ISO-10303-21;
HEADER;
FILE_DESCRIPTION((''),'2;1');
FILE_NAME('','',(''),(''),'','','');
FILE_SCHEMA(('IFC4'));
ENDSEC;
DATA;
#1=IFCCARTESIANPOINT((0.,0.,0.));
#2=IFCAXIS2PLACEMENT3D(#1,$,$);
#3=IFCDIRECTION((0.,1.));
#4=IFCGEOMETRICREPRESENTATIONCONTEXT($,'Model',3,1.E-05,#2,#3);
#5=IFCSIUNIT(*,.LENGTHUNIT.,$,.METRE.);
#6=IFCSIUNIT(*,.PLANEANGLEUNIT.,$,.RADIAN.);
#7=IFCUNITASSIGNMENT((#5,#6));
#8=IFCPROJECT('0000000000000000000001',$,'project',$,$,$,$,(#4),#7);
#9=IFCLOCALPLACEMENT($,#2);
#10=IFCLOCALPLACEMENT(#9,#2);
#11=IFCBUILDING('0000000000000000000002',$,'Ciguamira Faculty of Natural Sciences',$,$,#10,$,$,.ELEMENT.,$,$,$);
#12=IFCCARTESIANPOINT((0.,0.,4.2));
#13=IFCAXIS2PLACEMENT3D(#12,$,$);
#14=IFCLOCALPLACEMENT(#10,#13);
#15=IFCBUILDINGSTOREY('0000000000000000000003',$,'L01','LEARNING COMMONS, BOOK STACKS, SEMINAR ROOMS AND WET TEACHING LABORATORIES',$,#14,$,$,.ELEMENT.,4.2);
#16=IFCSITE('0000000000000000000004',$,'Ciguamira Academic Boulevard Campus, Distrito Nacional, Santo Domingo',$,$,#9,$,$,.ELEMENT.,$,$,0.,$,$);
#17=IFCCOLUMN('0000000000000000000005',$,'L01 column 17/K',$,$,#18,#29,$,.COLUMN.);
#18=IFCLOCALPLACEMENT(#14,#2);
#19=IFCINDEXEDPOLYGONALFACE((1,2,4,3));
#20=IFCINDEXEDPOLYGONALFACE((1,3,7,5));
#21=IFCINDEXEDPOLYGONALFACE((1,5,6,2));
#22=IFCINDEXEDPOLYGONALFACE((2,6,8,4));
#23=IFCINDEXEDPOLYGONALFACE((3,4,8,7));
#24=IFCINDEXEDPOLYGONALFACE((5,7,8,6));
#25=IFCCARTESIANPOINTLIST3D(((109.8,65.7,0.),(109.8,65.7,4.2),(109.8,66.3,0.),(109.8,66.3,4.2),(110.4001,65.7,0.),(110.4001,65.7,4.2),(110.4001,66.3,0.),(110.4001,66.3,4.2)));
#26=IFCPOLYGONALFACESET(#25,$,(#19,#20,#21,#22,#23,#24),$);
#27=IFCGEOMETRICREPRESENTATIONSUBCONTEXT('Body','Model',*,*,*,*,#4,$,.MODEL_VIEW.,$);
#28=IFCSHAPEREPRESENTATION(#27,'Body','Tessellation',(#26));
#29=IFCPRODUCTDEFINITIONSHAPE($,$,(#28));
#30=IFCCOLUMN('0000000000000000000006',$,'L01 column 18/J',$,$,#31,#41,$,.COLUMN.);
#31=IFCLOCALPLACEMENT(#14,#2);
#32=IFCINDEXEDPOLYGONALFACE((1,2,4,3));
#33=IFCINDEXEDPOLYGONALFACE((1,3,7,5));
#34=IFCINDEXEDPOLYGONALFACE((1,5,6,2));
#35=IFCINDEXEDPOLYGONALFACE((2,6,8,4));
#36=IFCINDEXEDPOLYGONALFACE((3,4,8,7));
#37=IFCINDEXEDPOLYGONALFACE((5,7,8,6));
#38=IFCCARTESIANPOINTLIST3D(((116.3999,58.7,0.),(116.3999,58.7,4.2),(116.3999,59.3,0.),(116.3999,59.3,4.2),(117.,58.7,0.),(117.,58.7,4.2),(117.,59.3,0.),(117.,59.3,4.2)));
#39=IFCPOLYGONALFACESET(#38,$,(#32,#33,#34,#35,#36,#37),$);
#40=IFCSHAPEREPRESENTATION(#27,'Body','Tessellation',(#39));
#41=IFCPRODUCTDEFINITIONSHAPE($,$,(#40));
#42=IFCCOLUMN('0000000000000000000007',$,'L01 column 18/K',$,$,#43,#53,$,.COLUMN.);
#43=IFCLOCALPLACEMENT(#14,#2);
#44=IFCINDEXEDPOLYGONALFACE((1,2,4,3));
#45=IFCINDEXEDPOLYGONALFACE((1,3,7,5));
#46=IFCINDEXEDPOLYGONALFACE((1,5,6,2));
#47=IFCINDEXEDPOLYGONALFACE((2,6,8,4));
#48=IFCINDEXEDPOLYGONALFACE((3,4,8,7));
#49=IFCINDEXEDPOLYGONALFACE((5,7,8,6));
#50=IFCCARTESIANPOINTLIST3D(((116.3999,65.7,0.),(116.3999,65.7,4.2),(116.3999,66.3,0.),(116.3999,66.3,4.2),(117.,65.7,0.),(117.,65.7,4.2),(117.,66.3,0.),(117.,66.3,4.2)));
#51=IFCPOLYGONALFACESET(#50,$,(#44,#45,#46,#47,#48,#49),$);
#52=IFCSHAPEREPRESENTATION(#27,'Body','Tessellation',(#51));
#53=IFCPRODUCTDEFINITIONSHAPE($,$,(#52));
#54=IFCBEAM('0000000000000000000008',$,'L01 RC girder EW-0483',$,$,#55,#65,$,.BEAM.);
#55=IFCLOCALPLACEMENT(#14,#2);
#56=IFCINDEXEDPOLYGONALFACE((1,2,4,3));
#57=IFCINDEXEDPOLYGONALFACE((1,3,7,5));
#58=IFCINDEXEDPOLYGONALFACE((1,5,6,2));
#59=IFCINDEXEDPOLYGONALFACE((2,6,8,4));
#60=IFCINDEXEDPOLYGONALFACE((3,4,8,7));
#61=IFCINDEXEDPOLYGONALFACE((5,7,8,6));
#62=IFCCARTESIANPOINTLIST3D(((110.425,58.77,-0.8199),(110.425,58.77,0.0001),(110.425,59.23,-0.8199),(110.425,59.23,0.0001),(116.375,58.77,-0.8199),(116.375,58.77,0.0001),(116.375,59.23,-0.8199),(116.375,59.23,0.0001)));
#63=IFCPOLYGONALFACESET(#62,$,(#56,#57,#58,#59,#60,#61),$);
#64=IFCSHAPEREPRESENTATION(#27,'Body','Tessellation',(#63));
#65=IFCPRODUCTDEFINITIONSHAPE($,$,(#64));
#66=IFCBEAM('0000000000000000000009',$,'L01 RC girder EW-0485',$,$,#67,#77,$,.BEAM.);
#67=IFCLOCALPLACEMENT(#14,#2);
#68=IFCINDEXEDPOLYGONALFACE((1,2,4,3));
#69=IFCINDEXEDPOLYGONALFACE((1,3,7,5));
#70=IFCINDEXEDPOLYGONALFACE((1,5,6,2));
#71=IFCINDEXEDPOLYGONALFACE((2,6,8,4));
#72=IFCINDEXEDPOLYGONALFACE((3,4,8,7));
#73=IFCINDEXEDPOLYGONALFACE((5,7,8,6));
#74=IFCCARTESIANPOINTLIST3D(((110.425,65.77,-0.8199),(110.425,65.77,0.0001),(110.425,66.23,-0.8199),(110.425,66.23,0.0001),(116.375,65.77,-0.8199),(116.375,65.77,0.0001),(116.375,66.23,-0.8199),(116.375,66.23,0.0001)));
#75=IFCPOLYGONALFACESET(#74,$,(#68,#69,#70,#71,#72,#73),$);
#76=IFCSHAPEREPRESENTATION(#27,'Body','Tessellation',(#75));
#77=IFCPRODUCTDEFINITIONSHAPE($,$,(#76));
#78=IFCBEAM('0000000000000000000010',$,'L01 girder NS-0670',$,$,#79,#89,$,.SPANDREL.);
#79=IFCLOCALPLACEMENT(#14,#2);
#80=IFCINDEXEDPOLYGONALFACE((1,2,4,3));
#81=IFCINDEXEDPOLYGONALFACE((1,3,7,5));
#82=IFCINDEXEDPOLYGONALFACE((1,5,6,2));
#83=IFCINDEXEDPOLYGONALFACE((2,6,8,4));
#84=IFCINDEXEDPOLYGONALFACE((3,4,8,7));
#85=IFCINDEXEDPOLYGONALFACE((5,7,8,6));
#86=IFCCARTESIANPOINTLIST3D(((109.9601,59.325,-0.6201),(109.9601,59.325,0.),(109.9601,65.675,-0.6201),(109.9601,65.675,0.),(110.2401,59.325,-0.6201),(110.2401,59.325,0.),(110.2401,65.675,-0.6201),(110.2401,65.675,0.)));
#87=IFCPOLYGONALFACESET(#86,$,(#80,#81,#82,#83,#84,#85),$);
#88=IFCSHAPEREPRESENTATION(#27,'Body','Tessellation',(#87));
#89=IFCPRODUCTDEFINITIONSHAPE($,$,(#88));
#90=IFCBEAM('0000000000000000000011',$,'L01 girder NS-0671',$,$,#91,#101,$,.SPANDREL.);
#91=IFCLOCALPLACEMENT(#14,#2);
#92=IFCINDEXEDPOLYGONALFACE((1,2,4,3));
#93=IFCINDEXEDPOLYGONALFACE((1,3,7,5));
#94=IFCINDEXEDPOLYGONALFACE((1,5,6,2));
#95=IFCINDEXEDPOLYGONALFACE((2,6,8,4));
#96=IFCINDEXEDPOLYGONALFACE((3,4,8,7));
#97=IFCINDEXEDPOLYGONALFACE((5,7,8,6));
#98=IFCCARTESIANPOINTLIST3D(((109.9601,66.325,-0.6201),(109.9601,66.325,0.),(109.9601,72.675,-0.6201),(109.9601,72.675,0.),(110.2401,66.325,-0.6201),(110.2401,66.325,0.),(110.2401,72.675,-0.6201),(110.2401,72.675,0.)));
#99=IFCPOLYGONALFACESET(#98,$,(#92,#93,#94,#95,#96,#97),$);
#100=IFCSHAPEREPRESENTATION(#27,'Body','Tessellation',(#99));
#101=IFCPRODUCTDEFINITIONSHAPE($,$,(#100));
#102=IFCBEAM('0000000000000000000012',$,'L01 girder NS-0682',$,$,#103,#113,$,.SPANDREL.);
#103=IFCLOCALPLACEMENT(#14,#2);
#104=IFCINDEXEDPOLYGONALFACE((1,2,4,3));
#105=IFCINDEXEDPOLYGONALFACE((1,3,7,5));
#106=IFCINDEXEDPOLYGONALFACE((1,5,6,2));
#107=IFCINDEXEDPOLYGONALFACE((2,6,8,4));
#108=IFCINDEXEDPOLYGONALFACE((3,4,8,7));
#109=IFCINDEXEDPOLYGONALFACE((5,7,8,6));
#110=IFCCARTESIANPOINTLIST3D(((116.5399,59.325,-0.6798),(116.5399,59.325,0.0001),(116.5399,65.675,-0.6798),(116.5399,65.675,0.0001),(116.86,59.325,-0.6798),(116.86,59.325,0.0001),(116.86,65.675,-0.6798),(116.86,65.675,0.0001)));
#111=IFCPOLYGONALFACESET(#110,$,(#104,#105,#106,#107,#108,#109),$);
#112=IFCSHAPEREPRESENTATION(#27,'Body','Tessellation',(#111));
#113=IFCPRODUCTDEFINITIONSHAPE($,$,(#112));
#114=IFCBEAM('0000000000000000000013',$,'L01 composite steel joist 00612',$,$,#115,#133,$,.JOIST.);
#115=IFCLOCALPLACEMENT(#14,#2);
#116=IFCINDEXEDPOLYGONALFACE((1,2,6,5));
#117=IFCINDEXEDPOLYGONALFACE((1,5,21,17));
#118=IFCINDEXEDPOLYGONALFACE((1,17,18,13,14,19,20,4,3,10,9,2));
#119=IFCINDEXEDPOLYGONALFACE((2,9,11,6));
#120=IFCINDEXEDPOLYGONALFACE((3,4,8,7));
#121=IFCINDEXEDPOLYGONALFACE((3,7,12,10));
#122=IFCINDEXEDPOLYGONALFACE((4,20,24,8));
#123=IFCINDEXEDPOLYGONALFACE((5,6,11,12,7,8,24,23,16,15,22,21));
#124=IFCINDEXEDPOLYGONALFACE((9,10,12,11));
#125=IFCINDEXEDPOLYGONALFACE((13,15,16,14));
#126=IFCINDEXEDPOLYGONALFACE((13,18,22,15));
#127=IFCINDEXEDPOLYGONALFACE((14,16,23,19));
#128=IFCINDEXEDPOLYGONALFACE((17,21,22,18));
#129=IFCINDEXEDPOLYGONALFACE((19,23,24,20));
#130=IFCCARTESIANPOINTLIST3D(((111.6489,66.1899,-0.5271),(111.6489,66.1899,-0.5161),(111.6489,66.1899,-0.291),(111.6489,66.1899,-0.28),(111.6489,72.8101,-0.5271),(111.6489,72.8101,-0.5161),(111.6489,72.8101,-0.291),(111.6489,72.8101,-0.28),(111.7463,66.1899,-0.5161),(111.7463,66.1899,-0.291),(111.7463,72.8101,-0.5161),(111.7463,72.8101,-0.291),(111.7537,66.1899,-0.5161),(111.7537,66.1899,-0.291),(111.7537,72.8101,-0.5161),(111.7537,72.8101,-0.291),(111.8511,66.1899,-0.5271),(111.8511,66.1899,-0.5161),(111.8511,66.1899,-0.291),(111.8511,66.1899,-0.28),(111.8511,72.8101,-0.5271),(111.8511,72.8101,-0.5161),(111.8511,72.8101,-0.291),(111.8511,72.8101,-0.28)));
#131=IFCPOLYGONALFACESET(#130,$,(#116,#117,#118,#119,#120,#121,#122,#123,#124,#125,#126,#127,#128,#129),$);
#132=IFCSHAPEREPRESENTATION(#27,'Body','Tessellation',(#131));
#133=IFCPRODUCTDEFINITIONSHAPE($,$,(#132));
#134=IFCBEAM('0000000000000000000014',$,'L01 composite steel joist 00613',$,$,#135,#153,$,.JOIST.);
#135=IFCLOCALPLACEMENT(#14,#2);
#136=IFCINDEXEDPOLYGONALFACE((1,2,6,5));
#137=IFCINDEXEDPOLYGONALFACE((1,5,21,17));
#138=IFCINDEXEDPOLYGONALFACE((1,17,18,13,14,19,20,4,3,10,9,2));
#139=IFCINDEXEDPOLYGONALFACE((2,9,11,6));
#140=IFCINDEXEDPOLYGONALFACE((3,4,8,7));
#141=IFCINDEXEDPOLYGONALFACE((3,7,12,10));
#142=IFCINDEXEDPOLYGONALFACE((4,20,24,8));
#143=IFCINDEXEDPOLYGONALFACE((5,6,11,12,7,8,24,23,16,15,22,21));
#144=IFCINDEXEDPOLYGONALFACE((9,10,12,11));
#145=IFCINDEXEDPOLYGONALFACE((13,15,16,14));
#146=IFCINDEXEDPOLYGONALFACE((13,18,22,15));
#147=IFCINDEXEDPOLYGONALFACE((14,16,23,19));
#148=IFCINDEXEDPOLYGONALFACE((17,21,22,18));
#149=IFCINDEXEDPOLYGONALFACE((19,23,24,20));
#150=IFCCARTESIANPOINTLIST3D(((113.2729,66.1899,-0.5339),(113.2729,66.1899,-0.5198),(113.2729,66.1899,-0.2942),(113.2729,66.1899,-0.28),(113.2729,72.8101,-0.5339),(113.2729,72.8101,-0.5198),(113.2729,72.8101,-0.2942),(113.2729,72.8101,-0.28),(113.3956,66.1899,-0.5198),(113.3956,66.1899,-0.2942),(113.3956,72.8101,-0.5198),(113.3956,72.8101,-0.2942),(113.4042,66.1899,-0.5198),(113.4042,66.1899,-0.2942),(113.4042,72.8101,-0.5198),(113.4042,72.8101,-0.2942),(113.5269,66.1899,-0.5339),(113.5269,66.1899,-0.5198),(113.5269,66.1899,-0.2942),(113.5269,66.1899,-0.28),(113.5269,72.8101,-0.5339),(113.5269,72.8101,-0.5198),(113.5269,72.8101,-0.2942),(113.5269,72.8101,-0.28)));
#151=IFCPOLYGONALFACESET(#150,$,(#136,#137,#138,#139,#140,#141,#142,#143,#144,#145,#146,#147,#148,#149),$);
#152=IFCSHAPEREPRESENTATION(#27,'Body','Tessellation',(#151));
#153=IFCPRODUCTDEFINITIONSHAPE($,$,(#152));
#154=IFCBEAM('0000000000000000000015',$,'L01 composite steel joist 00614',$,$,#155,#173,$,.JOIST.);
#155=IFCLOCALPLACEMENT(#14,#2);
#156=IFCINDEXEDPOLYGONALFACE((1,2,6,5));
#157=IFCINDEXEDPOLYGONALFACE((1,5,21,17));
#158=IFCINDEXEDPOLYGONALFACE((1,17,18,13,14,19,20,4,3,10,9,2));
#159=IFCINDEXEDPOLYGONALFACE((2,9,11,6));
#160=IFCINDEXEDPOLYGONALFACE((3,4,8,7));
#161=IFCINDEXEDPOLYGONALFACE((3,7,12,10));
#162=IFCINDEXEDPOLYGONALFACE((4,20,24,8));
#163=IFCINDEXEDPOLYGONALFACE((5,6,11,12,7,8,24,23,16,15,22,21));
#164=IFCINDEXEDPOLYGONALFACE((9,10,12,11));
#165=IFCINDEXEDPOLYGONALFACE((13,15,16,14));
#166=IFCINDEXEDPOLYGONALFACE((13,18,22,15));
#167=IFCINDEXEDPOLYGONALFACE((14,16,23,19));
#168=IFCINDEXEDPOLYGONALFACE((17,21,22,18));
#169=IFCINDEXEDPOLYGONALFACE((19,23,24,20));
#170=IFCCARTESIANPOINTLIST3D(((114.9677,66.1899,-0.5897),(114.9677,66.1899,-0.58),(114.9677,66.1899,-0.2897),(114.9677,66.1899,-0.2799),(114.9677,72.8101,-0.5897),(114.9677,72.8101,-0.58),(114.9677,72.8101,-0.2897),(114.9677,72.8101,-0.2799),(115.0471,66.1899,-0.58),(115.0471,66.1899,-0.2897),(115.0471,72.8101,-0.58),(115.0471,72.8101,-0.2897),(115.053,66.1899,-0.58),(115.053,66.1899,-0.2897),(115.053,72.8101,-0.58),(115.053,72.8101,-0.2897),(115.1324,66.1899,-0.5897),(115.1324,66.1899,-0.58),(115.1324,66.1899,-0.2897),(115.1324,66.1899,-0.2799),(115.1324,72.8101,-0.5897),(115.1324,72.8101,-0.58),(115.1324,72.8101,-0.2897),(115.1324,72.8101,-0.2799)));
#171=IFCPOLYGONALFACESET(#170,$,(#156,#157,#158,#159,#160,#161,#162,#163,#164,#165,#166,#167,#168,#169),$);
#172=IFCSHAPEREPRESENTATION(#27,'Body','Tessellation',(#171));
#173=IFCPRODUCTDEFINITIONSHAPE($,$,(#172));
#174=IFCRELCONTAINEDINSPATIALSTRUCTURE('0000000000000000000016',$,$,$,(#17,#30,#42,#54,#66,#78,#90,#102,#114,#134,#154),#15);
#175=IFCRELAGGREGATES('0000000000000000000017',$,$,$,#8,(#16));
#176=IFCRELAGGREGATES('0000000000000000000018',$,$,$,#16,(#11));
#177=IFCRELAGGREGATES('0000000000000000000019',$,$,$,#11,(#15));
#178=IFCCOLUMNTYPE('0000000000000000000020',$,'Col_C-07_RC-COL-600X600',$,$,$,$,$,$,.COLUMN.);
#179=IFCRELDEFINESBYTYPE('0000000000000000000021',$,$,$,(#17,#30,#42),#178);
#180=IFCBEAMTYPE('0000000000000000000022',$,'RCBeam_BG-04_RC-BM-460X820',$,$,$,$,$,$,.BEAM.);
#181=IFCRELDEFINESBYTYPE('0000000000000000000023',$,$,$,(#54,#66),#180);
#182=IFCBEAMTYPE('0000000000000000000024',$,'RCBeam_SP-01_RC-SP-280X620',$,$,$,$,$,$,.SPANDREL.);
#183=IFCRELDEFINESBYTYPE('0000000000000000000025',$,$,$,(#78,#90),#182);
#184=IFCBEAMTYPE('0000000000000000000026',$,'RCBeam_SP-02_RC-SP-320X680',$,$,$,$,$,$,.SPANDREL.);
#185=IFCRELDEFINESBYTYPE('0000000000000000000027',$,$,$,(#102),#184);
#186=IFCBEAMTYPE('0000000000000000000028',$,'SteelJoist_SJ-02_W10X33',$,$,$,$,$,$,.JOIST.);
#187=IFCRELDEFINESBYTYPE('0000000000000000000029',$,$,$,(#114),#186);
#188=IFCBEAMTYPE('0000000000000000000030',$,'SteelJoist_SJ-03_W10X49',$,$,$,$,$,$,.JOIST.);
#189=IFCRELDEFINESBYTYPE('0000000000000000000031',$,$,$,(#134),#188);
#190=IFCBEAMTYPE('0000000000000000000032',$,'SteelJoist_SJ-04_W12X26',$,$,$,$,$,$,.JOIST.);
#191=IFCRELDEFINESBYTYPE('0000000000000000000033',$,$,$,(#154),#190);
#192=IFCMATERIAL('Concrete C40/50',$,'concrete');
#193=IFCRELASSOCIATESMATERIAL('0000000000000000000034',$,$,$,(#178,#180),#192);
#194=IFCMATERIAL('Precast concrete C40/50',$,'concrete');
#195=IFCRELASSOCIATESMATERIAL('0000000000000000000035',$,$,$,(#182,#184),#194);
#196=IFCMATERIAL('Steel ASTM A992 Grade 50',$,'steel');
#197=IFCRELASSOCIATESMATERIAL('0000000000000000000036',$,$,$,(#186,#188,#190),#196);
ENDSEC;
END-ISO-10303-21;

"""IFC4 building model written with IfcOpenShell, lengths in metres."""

from ifc_helpers import new_model, si_unit, direction, frame, origin, origin_2d, place, context, subcontext, project, spatial, rectangle, i_section, extrude, material, material_profile, profile_set, type_object, element, save


model = new_model("IFC4")

# Units and contexts
model_context = context("Model", 3, precision=1e-05, world=origin(), true_north=direction((0.0, 1.0)))
body_context = subcontext(model_context, "Body", "Model", "MODEL_VIEW")
ifc_project = project(units=[si_unit("LENGTHUNIT", "METRE"), si_unit("PLANEANGLEUNIT", "RADIAN")], contexts=[model_context])

# Site, building, storey
site_placement = place(None, origin())
site = spatial("IfcSite", under=ifc_project, at=site_placement, Name="Ciguamira Academic Boulevard Campus, Distrito Nacional, Santo Domingo", CompositionType="ELEMENT", RefElevation=0.0)
building_placement = place(site_placement, origin())
building = spatial("IfcBuilding", under=site, at=building_placement, Name="Ciguamira Faculty of Natural Sciences", CompositionType="ELEMENT")
storey_placement = place(building_placement, frame((0.0, 0.0, 4.2)))
storey = spatial("IfcBuildingStorey", under=building, at=storey_placement, Name="L01", Description="LEARNING COMMONS, BOOK STACKS, SEMINAR ROOMS AND WET TEACHING LABORATORIES", CompositionType="ELEMENT", Elevation=4.2)

# Columns
ifc_material_1 = material(Name="Concrete C40/50", Category="concrete")
ifc_material_profile_1 = material_profile(ifc_material_1, rectangle(XDim=0.6001, YDim=0.6001, at=origin_2d()), Name="RC-COL-600X600")
ifc_profile_set_1 = profile_set([ifc_material_profile_1], Name="Concrete C40/50")
column_type = type_object("IfcColumnType", Name="Col_C-07_RC-COL-600X600", PredefinedType="COLUMN", material=ifc_profile_set_1)
for number, where, z_axis, x_axis, name in (
    (1, (110.1001, 66.0, 0.0), (0.0, 0.0, 1.0), (1.0, 0.0, 0.0), "L01 column 17/K"),
    (2, (116.7, 59.0, 0.0), (0.0, 0.0, 1.0), (1.0, 0.0, 0.0), "L01 column 18/J"),
    (3, (116.7, 66.0, 0.0), (0.0, 0.0, 1.0), (1.0, 0.0, 0.0), "L01 column 18/K"),
):
    element("IfcColumn", number, at=place(storey_placement, frame(where, z_axis=z_axis, x_axis=x_axis)), inside=storey, type_object=column_type, Name=name, PredefinedType="COLUMN", context=body_context, shape_type="SweptSolid", body=[
        extrude(rectangle(XDim=0.6001, YDim=0.6001, at=origin_2d()), origin(), (0.0, 0.0, 1.0), 4.2),
    ])

# Beams
ifc_material_profile_2 = material_profile(ifc_material_1, rectangle(XDim=0.46, YDim=0.8201, at=origin_2d()), Name="RC-BM-460X820")
ifc_profile_set_2 = profile_set([ifc_material_profile_2], Name="Concrete C40/50")
beam_type_1 = type_object("IfcBeamType", Name="RCBeam_BG-04_RC-BM-460X820", PredefinedType="BEAM", material=ifc_profile_set_2)
for number, where, z_axis, x_axis, name in (
    (4, (110.425, 59.0, -0.4099), (1.0, 0.0, 0.0), (0.0, 1.0, 0.0), "L01 RC girder EW-0483"),
    (5, (110.425, 66.0, -0.4099), (1.0, 0.0, 0.0), (0.0, 1.0, 0.0), "L01 RC girder EW-0485"),
):
    element("IfcBeam", number, at=place(storey_placement, frame(where, z_axis=z_axis, x_axis=x_axis)), inside=storey, type_object=beam_type_1, Name=name, PredefinedType="BEAM", context=body_context, shape_type="SweptSolid", body=[
        extrude(rectangle(XDim=0.46, YDim=0.8201, at=origin_2d()), origin(), (0.0, 0.0, 1.0), 5.95),
    ])
ifc_material_2 = material(Name="Precast concrete C40/50", Category="concrete")
ifc_material_profile_3 = material_profile(ifc_material_2, rectangle(XDim=0.28, YDim=0.6201, at=origin_2d()), Name="RC-SP-280X620")
ifc_profile_set_3 = profile_set([ifc_material_profile_3], Name="Precast concrete C40/50")
beam_type_2 = type_object("IfcBeamType", Name="RCBeam_SP-01_RC-SP-280X620", PredefinedType="SPANDREL", material=ifc_profile_set_3)
for number, where, z_axis, x_axis, name in (
    (6, (110.1001, 59.325, -0.3101), (0.0, 1.0, 0.0), (-1.0, 0.0, 0.0), "L01 girder NS-0670"),
    (7, (110.1001, 66.325, -0.3101), (0.0, 1.0, 0.0), (-1.0, 0.0, 0.0), "L01 girder NS-0671"),
):
    element("IfcBeam", number, at=place(storey_placement, frame(where, z_axis=z_axis, x_axis=x_axis)), inside=storey, type_object=beam_type_2, Name=name, PredefinedType="SPANDREL", context=body_context, shape_type="SweptSolid", body=[
        extrude(rectangle(XDim=0.28, YDim=0.6201, at=origin_2d()), origin(), (0.0, 0.0, 1.0), 6.3501),
    ])
ifc_material_profile_4 = material_profile(ifc_material_2, rectangle(XDim=0.3201, YDim=0.6799, at=origin_2d()), Name="RC-SP-320X680")
ifc_profile_set_4 = profile_set([ifc_material_profile_4], Name="Precast concrete C40/50")
beam_type_3 = type_object("IfcBeamType", Name="RCBeam_SP-02_RC-SP-320X680", PredefinedType="SPANDREL", material=ifc_profile_set_4)
beam_1_placement = place(storey_placement, frame((116.7, 59.325, -0.3398), z_axis=(0.0, 1.0, 0.0), x_axis=(-1.0, 0.0, 0.0)))
element("IfcBeam", 8, at=beam_1_placement, inside=storey, type_object=beam_type_3, Name="L01 girder NS-0682", PredefinedType="SPANDREL", context=body_context, shape_type="SweptSolid", body=[
    extrude(rectangle(XDim=0.3201, YDim=0.6799, at=origin_2d()), origin(), (0.0, 0.0, 1.0), 6.3501),
])
ifc_material_3 = material(Name="Steel ASTM A992 Grade 50", Category="steel")
ifc_material_profile_5 = material_profile(ifc_material_3, i_section(OverallWidth=0.2021, OverallDepth=0.2471, WebThickness=0.0073, FlangeThickness=0.011, at=origin_2d()), Name="W10X33")
ifc_profile_set_5 = profile_set([ifc_material_profile_5], Name="Steel ASTM A992 Grade 50")
beam_type_4 = type_object("IfcBeamType", Name="SteelJoist_SJ-02_W10X33", PredefinedType="JOIST", material=ifc_profile_set_5)
beam_2_placement = place(storey_placement, frame((111.75, 66.1899, -0.4036), z_axis=(0.0, 1.0, 0.0), x_axis=(-1.0, 0.0, 0.0)))
element("IfcBeam", 9, at=beam_2_placement, inside=storey, type_object=beam_type_4, Name="L01 composite steel joist 00612", PredefinedType="JOIST", context=body_context, shape_type="SweptSolid", body=[
    extrude(i_section(OverallWidth=0.2021, OverallDepth=0.2471, WebThickness=0.0073, FlangeThickness=0.011, at=origin_2d()), origin(), (0.0, 0.0, 1.0), 6.6201),
])
ifc_material_profile_6 = material_profile(ifc_material_3, i_section(OverallWidth=0.2539, OverallDepth=0.2539, WebThickness=0.0085, FlangeThickness=0.0142, at=origin_2d()), Name="W10X49")
ifc_profile_set_6 = profile_set([ifc_material_profile_6], Name="Steel ASTM A992 Grade 50")
beam_type_5 = type_object("IfcBeamType", Name="SteelJoist_SJ-03_W10X49", PredefinedType="JOIST", material=ifc_profile_set_6)
beam_3_placement = place(storey_placement, frame((113.3999, 66.1899, -0.407), z_axis=(0.0, 1.0, 0.0), x_axis=(-1.0, 0.0, 0.0)))
element("IfcBeam", 10, at=beam_3_placement, inside=storey, type_object=beam_type_5, Name="L01 composite steel joist 00613", PredefinedType="JOIST", context=body_context, shape_type="SweptSolid", body=[
    extrude(i_section(OverallWidth=0.2539, OverallDepth=0.2539, WebThickness=0.0085, FlangeThickness=0.0142, at=origin_2d()), origin(), (0.0, 0.0, 1.0), 6.6201),
])
ifc_material_profile_7 = material_profile(ifc_material_3, i_section(OverallWidth=0.1648, OverallDepth=0.3098, WebThickness=0.0059, FlangeThickness=0.0098, at=origin_2d()), Name="W12X26")
ifc_profile_set_7 = profile_set([ifc_material_profile_7], Name="Steel ASTM A992 Grade 50")
beam_type_6 = type_object("IfcBeamType", Name="SteelJoist_SJ-04_W12X26", PredefinedType="JOIST", material=ifc_profile_set_7)
beam_4_placement = place(storey_placement, frame((115.05, 66.1899, -0.4348), z_axis=(0.0, 1.0, 0.0), x_axis=(-1.0, 0.0, 0.0)))
element("IfcBeam", 11, at=beam_4_placement, inside=storey, type_object=beam_type_6, Name="L01 composite steel joist 00614", PredefinedType="JOIST", context=body_context, shape_type="SweptSolid", body=[
    extrude(i_section(OverallWidth=0.1648, OverallDepth=0.3098, WebThickness=0.0059, FlangeThickness=0.0098, at=origin_2d()), origin(), (0.0, 0.0, 1.0), 6.6201),
])

save(model, "model.ifc")
